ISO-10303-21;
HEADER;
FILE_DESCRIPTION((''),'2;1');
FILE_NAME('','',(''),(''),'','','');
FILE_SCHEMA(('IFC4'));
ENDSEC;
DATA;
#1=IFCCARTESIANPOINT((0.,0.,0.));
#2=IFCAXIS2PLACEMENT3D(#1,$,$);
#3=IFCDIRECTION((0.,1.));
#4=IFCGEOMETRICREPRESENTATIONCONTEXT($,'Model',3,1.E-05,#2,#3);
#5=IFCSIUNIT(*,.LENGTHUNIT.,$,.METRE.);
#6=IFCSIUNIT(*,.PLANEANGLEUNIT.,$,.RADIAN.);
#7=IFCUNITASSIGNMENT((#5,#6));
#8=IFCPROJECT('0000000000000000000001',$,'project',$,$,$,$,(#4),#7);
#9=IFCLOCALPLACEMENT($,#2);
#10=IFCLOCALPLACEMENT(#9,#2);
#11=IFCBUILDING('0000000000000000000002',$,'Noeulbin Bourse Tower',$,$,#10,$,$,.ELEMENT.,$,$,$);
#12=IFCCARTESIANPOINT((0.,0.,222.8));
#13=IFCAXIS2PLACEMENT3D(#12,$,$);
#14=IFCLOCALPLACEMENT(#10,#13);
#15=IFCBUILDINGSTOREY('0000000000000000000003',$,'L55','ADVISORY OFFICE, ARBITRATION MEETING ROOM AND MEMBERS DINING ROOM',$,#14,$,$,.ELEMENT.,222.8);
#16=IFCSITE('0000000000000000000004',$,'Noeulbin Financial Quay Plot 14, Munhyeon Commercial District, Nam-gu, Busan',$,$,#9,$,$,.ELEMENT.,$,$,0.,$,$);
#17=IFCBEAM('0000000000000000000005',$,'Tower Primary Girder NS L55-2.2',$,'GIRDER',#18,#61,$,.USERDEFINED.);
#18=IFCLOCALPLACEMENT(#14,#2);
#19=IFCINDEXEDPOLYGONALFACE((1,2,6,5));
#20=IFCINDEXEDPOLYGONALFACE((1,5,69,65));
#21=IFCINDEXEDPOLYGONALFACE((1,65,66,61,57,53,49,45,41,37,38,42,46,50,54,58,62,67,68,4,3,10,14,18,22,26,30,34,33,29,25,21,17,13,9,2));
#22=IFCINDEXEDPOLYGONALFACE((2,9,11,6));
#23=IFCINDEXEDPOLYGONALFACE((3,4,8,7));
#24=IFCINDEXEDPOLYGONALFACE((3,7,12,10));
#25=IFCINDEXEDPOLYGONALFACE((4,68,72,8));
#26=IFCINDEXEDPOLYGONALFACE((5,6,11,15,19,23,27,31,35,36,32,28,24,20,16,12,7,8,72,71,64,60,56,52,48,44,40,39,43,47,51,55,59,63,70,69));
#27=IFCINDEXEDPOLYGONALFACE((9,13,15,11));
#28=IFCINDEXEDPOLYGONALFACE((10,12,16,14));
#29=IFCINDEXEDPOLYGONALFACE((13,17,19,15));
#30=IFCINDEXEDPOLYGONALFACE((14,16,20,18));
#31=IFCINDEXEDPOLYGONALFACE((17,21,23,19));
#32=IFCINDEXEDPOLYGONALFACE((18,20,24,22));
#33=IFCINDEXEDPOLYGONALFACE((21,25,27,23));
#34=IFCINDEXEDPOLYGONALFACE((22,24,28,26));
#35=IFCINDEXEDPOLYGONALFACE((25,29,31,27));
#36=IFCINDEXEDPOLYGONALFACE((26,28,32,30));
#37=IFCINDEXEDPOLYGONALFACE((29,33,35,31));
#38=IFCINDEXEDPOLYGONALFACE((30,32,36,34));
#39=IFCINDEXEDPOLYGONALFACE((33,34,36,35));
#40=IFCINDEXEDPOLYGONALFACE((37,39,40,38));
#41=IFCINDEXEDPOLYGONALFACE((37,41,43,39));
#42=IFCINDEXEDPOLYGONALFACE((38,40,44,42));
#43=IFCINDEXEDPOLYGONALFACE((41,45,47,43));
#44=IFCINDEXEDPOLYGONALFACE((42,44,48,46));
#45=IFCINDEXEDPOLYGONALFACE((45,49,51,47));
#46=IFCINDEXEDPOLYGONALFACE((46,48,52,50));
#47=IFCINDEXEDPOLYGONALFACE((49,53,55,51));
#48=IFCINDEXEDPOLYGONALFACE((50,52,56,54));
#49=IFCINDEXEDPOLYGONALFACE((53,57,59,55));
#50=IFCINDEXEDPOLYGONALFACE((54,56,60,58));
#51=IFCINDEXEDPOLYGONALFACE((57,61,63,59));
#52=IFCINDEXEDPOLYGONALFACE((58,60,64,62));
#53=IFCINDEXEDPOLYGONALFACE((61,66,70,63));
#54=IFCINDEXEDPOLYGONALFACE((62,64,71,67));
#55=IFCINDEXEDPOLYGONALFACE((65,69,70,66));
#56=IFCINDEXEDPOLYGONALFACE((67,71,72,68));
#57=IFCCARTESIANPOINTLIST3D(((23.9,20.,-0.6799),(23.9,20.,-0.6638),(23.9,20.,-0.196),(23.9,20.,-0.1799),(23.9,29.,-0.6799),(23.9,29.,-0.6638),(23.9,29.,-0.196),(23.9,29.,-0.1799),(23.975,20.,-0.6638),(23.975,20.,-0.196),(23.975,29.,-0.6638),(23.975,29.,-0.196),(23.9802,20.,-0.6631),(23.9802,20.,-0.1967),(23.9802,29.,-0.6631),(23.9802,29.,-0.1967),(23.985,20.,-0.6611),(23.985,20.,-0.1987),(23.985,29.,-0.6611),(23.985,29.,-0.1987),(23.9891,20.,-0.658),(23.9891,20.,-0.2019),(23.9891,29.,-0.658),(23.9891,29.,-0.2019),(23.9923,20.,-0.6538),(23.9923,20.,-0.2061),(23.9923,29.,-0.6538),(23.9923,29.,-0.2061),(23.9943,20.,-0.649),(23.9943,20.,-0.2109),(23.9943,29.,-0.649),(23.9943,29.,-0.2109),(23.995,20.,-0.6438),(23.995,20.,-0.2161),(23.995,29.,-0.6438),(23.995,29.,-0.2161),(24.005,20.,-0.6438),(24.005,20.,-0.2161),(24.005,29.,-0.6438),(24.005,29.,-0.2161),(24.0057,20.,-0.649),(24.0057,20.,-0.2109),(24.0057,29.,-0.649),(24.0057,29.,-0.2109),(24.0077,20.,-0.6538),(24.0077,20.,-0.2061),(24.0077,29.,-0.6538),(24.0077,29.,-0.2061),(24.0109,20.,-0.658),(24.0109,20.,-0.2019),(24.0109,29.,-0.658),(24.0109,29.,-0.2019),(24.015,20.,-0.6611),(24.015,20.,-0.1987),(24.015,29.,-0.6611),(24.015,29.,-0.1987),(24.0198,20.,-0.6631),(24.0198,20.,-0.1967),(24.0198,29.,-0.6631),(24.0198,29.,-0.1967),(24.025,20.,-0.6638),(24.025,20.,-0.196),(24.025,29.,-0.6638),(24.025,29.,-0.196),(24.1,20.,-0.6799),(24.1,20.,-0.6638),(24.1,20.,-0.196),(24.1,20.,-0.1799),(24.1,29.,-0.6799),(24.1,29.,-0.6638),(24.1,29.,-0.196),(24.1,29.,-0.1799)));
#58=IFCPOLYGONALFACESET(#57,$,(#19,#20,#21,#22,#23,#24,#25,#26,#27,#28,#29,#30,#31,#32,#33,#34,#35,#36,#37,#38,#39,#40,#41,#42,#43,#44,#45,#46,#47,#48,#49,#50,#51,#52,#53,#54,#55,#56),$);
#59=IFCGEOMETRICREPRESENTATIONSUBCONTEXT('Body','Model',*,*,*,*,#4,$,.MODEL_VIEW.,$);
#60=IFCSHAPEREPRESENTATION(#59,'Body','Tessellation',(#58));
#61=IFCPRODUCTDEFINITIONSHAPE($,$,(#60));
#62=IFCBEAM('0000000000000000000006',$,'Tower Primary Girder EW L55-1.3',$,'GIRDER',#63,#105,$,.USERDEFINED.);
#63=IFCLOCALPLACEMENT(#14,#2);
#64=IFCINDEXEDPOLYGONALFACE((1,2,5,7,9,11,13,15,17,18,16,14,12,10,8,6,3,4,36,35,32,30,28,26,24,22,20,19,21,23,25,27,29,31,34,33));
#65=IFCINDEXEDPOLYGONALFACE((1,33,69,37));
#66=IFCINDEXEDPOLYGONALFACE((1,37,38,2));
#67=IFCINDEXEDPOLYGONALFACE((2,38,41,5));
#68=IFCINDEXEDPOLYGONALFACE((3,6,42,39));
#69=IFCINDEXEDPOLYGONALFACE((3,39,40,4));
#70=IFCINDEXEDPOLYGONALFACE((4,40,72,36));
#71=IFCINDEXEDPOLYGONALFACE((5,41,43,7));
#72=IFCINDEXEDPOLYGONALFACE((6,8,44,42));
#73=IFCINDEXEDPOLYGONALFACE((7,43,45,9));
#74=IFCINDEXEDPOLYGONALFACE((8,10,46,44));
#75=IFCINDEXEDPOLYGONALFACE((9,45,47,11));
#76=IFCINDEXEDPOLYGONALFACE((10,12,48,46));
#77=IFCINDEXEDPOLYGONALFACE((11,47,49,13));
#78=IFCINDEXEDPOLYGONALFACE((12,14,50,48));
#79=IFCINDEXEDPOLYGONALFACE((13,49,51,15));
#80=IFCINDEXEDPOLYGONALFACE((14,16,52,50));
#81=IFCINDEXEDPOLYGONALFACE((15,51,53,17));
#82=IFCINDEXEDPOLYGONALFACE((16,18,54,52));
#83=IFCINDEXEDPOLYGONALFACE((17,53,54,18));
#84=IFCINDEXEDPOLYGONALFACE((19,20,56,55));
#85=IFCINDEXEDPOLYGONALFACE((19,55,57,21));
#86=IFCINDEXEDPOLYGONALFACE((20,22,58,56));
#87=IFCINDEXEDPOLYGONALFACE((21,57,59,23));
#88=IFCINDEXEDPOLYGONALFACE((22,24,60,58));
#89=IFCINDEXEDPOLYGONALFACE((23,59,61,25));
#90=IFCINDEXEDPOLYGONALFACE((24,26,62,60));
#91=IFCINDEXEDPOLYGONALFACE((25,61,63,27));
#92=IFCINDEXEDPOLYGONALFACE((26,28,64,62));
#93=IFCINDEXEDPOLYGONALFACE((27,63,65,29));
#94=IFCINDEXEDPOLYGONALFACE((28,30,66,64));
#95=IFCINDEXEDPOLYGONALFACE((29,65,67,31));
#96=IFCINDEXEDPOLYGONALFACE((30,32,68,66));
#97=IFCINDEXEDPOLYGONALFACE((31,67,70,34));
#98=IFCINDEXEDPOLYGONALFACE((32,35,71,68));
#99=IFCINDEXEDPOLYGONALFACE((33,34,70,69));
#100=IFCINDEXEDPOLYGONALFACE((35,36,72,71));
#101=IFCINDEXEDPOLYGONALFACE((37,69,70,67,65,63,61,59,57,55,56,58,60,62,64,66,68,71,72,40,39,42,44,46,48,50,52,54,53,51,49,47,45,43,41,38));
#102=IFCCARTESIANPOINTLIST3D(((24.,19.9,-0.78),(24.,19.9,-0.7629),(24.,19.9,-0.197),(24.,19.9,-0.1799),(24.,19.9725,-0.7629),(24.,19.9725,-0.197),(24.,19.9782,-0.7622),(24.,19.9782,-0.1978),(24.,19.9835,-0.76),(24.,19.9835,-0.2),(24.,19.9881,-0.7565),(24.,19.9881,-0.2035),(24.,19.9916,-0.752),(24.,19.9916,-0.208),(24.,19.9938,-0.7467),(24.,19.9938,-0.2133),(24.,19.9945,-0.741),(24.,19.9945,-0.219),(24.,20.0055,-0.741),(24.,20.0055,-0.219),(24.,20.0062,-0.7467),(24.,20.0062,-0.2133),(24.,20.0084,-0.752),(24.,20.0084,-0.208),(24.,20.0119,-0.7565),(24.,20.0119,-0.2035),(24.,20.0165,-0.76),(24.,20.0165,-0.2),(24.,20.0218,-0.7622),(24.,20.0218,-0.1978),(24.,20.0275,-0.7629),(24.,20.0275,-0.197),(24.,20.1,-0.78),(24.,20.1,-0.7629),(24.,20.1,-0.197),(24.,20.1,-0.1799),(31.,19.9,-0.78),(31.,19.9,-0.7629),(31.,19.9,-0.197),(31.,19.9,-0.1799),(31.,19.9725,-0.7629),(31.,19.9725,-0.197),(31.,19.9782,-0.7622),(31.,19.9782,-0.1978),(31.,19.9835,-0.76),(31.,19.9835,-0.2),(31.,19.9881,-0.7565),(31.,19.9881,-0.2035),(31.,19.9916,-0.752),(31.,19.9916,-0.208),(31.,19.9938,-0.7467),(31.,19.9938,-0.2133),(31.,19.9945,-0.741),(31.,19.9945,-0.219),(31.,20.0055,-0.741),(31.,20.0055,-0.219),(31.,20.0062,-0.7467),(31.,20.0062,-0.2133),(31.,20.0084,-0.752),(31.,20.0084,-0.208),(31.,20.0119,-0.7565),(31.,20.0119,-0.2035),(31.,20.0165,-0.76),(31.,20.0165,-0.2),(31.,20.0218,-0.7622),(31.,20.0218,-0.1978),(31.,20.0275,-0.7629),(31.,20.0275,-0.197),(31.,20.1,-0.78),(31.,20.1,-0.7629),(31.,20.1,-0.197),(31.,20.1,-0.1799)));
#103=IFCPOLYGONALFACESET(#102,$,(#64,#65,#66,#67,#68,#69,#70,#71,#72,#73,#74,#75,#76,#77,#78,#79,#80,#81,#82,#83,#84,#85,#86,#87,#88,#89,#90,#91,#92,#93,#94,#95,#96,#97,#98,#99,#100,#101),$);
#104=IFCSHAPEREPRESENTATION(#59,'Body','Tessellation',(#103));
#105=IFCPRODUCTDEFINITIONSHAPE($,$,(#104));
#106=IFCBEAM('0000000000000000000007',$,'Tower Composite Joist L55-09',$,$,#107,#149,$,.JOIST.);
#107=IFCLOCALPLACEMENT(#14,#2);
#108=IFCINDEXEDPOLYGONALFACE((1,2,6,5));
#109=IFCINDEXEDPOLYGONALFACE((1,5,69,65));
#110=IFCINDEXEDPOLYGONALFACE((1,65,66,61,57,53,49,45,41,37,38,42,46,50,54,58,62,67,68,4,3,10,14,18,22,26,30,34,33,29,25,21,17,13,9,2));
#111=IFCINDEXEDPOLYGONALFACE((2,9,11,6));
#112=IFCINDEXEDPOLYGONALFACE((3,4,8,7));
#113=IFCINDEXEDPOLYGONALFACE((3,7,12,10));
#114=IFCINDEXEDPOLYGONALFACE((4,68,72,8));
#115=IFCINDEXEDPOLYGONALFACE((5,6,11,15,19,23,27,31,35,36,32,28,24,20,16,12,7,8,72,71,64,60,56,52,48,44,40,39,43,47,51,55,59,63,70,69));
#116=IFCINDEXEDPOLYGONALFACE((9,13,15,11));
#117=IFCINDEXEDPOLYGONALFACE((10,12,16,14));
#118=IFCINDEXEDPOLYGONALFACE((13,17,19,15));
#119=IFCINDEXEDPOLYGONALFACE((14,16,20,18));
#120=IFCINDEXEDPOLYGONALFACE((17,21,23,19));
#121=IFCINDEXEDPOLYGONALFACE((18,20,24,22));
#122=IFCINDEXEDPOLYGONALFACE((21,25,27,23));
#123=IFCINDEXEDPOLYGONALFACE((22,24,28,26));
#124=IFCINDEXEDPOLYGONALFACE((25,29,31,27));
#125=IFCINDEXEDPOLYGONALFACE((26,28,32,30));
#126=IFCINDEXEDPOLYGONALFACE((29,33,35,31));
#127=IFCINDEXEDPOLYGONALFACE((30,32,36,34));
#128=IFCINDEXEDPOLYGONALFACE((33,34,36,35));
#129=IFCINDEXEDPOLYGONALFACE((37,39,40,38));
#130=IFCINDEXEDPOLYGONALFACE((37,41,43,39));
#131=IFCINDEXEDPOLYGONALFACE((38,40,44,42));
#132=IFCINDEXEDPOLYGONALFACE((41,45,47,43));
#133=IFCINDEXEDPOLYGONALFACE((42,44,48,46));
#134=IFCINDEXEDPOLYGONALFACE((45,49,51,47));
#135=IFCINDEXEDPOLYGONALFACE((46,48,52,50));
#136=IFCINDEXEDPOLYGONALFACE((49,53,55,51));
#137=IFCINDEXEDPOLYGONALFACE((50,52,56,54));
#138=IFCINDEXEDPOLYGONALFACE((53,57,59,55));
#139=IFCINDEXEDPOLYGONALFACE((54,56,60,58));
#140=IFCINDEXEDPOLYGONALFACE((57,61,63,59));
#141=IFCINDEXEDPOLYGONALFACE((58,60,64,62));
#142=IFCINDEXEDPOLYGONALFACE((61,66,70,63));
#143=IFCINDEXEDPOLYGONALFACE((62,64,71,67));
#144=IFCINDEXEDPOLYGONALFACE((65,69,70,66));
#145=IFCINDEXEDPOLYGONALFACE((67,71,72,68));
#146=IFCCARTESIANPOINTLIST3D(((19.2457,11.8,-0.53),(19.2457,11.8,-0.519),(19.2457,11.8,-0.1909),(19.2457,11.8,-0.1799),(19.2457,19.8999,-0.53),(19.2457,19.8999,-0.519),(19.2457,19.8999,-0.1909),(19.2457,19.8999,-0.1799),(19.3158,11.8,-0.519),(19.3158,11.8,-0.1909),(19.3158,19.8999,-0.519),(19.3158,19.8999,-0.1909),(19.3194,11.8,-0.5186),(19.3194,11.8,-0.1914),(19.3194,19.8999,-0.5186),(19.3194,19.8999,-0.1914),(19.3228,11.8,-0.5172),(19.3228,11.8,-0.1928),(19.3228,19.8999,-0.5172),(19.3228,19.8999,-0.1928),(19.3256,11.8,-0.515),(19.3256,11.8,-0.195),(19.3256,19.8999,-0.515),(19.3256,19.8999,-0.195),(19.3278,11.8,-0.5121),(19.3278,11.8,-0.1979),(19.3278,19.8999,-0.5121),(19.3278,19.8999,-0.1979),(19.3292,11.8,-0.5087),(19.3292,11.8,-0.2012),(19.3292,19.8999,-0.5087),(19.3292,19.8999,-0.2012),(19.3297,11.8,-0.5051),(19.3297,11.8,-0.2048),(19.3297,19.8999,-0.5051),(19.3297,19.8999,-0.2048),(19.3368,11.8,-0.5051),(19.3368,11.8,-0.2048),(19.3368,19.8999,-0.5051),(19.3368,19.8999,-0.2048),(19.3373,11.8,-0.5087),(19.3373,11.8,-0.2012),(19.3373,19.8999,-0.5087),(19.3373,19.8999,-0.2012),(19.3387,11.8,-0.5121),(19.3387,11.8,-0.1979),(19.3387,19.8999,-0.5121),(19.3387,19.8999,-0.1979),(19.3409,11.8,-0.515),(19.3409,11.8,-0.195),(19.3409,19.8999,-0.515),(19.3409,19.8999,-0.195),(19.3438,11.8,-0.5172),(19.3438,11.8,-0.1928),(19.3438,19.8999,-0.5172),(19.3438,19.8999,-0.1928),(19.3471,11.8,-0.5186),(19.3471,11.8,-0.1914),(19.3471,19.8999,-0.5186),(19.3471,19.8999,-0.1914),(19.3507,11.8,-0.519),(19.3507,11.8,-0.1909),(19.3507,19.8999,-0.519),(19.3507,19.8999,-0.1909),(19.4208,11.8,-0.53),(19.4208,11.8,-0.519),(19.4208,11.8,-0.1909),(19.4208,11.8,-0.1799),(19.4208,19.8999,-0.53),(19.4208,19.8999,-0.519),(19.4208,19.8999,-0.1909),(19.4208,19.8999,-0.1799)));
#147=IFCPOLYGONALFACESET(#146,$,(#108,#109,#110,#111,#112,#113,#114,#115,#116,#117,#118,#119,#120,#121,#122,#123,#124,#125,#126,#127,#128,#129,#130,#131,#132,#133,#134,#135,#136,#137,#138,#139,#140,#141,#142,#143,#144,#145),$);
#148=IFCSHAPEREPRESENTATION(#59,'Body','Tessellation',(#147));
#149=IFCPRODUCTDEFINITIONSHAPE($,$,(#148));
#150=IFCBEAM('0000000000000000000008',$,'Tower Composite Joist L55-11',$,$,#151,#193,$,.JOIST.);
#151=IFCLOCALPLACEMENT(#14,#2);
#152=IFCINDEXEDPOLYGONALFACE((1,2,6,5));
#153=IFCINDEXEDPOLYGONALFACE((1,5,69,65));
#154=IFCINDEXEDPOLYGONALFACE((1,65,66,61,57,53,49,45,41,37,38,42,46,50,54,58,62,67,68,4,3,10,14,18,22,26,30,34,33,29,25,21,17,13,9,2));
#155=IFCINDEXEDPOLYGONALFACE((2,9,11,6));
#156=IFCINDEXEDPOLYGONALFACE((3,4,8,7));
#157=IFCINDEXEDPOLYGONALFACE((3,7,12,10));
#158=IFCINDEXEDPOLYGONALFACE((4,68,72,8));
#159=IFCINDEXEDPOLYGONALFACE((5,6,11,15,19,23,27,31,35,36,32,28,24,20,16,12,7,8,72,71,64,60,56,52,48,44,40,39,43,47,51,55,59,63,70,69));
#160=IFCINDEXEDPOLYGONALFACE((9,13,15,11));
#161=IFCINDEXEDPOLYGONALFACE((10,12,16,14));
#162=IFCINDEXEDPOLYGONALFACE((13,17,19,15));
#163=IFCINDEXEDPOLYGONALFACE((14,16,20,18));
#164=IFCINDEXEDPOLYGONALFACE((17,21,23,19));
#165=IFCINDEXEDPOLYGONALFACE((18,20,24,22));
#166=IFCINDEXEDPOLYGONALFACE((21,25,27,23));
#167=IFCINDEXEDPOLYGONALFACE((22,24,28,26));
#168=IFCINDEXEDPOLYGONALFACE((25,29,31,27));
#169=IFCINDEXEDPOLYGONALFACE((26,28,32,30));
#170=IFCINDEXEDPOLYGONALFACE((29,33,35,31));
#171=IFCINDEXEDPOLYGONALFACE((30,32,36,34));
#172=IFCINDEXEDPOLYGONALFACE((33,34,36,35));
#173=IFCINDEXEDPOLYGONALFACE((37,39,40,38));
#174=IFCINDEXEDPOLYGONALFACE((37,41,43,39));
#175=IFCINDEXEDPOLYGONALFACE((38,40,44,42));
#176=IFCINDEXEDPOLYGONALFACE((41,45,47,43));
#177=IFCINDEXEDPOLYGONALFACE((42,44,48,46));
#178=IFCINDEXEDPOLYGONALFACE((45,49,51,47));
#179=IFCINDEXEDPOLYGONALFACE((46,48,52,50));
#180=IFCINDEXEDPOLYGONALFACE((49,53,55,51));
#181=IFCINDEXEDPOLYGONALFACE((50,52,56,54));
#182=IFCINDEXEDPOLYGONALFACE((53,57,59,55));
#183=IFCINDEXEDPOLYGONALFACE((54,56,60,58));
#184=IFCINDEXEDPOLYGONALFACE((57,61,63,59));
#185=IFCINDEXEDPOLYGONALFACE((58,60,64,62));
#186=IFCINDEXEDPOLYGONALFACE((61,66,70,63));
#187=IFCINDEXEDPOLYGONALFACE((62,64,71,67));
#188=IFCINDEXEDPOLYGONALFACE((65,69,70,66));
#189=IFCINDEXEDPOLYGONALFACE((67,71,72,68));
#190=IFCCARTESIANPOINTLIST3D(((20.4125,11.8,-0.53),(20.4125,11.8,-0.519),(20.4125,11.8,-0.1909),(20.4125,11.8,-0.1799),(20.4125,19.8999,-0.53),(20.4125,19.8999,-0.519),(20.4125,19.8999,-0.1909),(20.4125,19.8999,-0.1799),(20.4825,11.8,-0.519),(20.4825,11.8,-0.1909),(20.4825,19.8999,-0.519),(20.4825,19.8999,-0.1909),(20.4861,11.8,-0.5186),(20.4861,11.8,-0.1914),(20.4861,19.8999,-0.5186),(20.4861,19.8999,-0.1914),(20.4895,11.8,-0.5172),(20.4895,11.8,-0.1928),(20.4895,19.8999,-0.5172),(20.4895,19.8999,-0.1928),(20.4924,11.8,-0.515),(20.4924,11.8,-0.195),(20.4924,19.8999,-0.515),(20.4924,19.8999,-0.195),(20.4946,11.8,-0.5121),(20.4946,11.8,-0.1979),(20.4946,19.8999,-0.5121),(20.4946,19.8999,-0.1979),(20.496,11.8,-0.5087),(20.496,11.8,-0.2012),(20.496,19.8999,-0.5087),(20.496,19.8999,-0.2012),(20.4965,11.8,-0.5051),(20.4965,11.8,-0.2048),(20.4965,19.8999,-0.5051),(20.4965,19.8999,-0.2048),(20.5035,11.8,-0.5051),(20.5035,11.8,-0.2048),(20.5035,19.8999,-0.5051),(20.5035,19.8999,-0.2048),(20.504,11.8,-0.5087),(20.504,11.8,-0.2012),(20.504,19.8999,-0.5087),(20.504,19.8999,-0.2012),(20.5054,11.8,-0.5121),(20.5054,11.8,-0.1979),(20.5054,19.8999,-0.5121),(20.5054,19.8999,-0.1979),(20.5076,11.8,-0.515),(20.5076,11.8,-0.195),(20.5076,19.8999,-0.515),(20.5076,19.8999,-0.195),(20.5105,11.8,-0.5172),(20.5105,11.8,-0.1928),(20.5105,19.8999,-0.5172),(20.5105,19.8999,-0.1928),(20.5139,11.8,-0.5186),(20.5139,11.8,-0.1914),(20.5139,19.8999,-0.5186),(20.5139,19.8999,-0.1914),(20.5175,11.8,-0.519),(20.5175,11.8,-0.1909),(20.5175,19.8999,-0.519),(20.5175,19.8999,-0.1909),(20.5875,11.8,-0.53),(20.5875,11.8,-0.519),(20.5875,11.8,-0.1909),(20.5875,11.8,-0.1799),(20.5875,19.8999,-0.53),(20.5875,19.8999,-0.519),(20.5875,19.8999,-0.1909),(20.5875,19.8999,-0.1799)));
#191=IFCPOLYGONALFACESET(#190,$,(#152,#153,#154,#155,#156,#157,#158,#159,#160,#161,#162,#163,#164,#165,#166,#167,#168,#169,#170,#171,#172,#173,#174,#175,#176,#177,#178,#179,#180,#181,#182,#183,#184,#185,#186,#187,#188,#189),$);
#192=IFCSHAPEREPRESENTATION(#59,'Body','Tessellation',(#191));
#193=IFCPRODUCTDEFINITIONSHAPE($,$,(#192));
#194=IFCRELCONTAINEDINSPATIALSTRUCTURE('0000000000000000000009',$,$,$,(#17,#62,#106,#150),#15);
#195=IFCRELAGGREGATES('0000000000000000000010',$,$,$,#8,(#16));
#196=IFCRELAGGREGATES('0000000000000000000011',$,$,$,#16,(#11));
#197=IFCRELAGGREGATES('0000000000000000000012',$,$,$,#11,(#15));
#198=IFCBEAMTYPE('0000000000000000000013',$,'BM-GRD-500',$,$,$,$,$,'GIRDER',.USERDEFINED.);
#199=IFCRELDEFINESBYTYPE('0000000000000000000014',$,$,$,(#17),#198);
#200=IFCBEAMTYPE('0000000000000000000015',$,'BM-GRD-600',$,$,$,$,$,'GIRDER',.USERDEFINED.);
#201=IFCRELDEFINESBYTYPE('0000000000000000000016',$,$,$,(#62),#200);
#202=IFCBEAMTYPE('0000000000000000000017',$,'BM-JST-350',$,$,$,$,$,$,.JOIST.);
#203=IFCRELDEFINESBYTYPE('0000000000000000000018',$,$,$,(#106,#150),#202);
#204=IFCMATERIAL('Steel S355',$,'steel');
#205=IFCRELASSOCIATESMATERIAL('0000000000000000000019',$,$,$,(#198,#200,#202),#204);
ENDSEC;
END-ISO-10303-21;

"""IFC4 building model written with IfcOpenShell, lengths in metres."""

from ifc_helpers import new_model, si_unit, direction, frame, origin, origin_2d, place, context, subcontext, project, spatial, i_section, extrude, material, material_profile, profile_set, type_object, element, save


model = new_model("IFC4")

# Units and contexts
model_context = context("Model", 3, precision=1e-05, world=origin(), true_north=direction((0.0, 1.0)))
body_context = subcontext(model_context, "Body", "Model", "MODEL_VIEW")
ifc_project = project(units=[si_unit("LENGTHUNIT", "METRE"), si_unit("PLANEANGLEUNIT", "RADIAN")], contexts=[model_context])

# Site, building, storey
site_placement = place(None, origin())
site = spatial("IfcSite", under=ifc_project, at=site_placement, Name="Noeulbin Financial Quay Plot 14, Munhyeon Commercial District, Nam-gu, Busan", CompositionType="ELEMENT", RefElevation=0.0)
building_placement = place(site_placement, origin())
building = spatial("IfcBuilding", under=site, at=building_placement, Name="Noeulbin Bourse Tower", CompositionType="ELEMENT")
storey_placement = place(building_placement, frame((0.0, 0.0, 222.8)))
storey = spatial("IfcBuildingStorey", under=building, at=storey_placement, Name="L55", Description="ADVISORY OFFICE, ARBITRATION MEETING ROOM AND MEMBERS DINING ROOM", CompositionType="ELEMENT", Elevation=222.8)

# Shared definitions
ifc_material_1 = material(Name="Steel S355", Category="steel")

# Beams
ifc_material_profile_1 = material_profile(ifc_material_1, i_section(OverallWidth=0.2, OverallDepth=0.5, WebThickness=0.01, FlangeThickness=0.0161, FilletRadius=0.02, at=origin_2d()), Name="H-500x200x10x16", Category="LoadBearing")
ifc_profile_set_1 = profile_set([ifc_material_profile_1], Name="Steel S355")
beam_type_1 = type_object("IfcBeamType", Name="BM-GRD-500", ElementType="GIRDER", PredefinedType="USERDEFINED", material=ifc_profile_set_1)
beam_1_placement = place(storey_placement, frame((24.0, 20.0, -0.4299), z_axis=(0.0, 1.0, 0.0), x_axis=(-1.0, 0.0, 0.0)))
element("IfcBeam", 1, at=beam_1_placement, inside=storey, type_object=beam_type_1, Name="Tower Primary Girder NS L55-2.2", ObjectType="GIRDER", PredefinedType="USERDEFINED", context=body_context, shape_type="SweptSolid", body=[
    extrude(i_section(OverallWidth=0.2, OverallDepth=0.5, WebThickness=0.01, FlangeThickness=0.0161, FilletRadius=0.02, at=origin_2d()), origin(), (0.0, 0.0, 1.0), 9.0),
])
ifc_material_profile_2 = material_profile(ifc_material_1, i_section(OverallWidth=0.2, OverallDepth=0.6001, WebThickness=0.011, FlangeThickness=0.0171, FilletRadius=0.022, at=origin_2d()), Name="H-600x200x11x17", Category="LoadBearing")
ifc_profile_set_2 = profile_set([ifc_material_profile_2], Name="Steel S355")
beam_type_2 = type_object("IfcBeamType", Name="BM-GRD-600", ElementType="GIRDER", PredefinedType="USERDEFINED", material=ifc_profile_set_2)
beam_2_placement = place(storey_placement, frame((24.0, 20.0, -0.48), z_axis=(1.0, 0.0, 0.0), x_axis=(0.0, 1.0, 0.0)))
element("IfcBeam", 2, at=beam_2_placement, inside=storey, type_object=beam_type_2, Name="Tower Primary Girder EW L55-1.3", ObjectType="GIRDER", PredefinedType="USERDEFINED", context=body_context, shape_type="SweptSolid", body=[
    extrude(i_section(OverallWidth=0.2, OverallDepth=0.6001, WebThickness=0.011, FlangeThickness=0.0171, FilletRadius=0.022, at=origin_2d()), origin(), (0.0, 0.0, 1.0), 7.0),
])
ifc_material_profile_3 = material_profile(ifc_material_1, i_section(OverallWidth=0.175, OverallDepth=0.3501, WebThickness=0.0071, FlangeThickness=0.011, FilletRadius=0.0139, at=origin_2d()), Name="H-350x175x7x11", Category="LoadBearing")
ifc_profile_set_3 = profile_set([ifc_material_profile_3], Name="Steel S355")
beam_type_3 = type_object("IfcBeamType", Name="BM-JST-350", PredefinedType="JOIST", material=ifc_profile_set_3)
for number, where, z_axis, x_axis, name in (
    (3, (19.3333, 11.8, -0.355), (0.0, 1.0, 0.0), (-1.0, 0.0, 0.0), "Tower Composite Joist L55-09"),
    (4, (20.5, 11.8, -0.355), (0.0, 1.0, 0.0), (-1.0, 0.0, 0.0), "Tower Composite Joist L55-11"),
):
    element("IfcBeam", number, at=place(storey_placement, frame(where, z_axis=z_axis, x_axis=x_axis)), inside=storey, type_object=beam_type_3, Name=name, PredefinedType="JOIST", context=body_context, shape_type="SweptSolid", body=[
        extrude(i_section(OverallWidth=0.175, OverallDepth=0.3501, WebThickness=0.0071, FlangeThickness=0.011, FilletRadius=0.0139, at=origin_2d()), origin(), (0.0, 0.0, 1.0), 8.0999),
    ])

save(model, "model.ifc")
